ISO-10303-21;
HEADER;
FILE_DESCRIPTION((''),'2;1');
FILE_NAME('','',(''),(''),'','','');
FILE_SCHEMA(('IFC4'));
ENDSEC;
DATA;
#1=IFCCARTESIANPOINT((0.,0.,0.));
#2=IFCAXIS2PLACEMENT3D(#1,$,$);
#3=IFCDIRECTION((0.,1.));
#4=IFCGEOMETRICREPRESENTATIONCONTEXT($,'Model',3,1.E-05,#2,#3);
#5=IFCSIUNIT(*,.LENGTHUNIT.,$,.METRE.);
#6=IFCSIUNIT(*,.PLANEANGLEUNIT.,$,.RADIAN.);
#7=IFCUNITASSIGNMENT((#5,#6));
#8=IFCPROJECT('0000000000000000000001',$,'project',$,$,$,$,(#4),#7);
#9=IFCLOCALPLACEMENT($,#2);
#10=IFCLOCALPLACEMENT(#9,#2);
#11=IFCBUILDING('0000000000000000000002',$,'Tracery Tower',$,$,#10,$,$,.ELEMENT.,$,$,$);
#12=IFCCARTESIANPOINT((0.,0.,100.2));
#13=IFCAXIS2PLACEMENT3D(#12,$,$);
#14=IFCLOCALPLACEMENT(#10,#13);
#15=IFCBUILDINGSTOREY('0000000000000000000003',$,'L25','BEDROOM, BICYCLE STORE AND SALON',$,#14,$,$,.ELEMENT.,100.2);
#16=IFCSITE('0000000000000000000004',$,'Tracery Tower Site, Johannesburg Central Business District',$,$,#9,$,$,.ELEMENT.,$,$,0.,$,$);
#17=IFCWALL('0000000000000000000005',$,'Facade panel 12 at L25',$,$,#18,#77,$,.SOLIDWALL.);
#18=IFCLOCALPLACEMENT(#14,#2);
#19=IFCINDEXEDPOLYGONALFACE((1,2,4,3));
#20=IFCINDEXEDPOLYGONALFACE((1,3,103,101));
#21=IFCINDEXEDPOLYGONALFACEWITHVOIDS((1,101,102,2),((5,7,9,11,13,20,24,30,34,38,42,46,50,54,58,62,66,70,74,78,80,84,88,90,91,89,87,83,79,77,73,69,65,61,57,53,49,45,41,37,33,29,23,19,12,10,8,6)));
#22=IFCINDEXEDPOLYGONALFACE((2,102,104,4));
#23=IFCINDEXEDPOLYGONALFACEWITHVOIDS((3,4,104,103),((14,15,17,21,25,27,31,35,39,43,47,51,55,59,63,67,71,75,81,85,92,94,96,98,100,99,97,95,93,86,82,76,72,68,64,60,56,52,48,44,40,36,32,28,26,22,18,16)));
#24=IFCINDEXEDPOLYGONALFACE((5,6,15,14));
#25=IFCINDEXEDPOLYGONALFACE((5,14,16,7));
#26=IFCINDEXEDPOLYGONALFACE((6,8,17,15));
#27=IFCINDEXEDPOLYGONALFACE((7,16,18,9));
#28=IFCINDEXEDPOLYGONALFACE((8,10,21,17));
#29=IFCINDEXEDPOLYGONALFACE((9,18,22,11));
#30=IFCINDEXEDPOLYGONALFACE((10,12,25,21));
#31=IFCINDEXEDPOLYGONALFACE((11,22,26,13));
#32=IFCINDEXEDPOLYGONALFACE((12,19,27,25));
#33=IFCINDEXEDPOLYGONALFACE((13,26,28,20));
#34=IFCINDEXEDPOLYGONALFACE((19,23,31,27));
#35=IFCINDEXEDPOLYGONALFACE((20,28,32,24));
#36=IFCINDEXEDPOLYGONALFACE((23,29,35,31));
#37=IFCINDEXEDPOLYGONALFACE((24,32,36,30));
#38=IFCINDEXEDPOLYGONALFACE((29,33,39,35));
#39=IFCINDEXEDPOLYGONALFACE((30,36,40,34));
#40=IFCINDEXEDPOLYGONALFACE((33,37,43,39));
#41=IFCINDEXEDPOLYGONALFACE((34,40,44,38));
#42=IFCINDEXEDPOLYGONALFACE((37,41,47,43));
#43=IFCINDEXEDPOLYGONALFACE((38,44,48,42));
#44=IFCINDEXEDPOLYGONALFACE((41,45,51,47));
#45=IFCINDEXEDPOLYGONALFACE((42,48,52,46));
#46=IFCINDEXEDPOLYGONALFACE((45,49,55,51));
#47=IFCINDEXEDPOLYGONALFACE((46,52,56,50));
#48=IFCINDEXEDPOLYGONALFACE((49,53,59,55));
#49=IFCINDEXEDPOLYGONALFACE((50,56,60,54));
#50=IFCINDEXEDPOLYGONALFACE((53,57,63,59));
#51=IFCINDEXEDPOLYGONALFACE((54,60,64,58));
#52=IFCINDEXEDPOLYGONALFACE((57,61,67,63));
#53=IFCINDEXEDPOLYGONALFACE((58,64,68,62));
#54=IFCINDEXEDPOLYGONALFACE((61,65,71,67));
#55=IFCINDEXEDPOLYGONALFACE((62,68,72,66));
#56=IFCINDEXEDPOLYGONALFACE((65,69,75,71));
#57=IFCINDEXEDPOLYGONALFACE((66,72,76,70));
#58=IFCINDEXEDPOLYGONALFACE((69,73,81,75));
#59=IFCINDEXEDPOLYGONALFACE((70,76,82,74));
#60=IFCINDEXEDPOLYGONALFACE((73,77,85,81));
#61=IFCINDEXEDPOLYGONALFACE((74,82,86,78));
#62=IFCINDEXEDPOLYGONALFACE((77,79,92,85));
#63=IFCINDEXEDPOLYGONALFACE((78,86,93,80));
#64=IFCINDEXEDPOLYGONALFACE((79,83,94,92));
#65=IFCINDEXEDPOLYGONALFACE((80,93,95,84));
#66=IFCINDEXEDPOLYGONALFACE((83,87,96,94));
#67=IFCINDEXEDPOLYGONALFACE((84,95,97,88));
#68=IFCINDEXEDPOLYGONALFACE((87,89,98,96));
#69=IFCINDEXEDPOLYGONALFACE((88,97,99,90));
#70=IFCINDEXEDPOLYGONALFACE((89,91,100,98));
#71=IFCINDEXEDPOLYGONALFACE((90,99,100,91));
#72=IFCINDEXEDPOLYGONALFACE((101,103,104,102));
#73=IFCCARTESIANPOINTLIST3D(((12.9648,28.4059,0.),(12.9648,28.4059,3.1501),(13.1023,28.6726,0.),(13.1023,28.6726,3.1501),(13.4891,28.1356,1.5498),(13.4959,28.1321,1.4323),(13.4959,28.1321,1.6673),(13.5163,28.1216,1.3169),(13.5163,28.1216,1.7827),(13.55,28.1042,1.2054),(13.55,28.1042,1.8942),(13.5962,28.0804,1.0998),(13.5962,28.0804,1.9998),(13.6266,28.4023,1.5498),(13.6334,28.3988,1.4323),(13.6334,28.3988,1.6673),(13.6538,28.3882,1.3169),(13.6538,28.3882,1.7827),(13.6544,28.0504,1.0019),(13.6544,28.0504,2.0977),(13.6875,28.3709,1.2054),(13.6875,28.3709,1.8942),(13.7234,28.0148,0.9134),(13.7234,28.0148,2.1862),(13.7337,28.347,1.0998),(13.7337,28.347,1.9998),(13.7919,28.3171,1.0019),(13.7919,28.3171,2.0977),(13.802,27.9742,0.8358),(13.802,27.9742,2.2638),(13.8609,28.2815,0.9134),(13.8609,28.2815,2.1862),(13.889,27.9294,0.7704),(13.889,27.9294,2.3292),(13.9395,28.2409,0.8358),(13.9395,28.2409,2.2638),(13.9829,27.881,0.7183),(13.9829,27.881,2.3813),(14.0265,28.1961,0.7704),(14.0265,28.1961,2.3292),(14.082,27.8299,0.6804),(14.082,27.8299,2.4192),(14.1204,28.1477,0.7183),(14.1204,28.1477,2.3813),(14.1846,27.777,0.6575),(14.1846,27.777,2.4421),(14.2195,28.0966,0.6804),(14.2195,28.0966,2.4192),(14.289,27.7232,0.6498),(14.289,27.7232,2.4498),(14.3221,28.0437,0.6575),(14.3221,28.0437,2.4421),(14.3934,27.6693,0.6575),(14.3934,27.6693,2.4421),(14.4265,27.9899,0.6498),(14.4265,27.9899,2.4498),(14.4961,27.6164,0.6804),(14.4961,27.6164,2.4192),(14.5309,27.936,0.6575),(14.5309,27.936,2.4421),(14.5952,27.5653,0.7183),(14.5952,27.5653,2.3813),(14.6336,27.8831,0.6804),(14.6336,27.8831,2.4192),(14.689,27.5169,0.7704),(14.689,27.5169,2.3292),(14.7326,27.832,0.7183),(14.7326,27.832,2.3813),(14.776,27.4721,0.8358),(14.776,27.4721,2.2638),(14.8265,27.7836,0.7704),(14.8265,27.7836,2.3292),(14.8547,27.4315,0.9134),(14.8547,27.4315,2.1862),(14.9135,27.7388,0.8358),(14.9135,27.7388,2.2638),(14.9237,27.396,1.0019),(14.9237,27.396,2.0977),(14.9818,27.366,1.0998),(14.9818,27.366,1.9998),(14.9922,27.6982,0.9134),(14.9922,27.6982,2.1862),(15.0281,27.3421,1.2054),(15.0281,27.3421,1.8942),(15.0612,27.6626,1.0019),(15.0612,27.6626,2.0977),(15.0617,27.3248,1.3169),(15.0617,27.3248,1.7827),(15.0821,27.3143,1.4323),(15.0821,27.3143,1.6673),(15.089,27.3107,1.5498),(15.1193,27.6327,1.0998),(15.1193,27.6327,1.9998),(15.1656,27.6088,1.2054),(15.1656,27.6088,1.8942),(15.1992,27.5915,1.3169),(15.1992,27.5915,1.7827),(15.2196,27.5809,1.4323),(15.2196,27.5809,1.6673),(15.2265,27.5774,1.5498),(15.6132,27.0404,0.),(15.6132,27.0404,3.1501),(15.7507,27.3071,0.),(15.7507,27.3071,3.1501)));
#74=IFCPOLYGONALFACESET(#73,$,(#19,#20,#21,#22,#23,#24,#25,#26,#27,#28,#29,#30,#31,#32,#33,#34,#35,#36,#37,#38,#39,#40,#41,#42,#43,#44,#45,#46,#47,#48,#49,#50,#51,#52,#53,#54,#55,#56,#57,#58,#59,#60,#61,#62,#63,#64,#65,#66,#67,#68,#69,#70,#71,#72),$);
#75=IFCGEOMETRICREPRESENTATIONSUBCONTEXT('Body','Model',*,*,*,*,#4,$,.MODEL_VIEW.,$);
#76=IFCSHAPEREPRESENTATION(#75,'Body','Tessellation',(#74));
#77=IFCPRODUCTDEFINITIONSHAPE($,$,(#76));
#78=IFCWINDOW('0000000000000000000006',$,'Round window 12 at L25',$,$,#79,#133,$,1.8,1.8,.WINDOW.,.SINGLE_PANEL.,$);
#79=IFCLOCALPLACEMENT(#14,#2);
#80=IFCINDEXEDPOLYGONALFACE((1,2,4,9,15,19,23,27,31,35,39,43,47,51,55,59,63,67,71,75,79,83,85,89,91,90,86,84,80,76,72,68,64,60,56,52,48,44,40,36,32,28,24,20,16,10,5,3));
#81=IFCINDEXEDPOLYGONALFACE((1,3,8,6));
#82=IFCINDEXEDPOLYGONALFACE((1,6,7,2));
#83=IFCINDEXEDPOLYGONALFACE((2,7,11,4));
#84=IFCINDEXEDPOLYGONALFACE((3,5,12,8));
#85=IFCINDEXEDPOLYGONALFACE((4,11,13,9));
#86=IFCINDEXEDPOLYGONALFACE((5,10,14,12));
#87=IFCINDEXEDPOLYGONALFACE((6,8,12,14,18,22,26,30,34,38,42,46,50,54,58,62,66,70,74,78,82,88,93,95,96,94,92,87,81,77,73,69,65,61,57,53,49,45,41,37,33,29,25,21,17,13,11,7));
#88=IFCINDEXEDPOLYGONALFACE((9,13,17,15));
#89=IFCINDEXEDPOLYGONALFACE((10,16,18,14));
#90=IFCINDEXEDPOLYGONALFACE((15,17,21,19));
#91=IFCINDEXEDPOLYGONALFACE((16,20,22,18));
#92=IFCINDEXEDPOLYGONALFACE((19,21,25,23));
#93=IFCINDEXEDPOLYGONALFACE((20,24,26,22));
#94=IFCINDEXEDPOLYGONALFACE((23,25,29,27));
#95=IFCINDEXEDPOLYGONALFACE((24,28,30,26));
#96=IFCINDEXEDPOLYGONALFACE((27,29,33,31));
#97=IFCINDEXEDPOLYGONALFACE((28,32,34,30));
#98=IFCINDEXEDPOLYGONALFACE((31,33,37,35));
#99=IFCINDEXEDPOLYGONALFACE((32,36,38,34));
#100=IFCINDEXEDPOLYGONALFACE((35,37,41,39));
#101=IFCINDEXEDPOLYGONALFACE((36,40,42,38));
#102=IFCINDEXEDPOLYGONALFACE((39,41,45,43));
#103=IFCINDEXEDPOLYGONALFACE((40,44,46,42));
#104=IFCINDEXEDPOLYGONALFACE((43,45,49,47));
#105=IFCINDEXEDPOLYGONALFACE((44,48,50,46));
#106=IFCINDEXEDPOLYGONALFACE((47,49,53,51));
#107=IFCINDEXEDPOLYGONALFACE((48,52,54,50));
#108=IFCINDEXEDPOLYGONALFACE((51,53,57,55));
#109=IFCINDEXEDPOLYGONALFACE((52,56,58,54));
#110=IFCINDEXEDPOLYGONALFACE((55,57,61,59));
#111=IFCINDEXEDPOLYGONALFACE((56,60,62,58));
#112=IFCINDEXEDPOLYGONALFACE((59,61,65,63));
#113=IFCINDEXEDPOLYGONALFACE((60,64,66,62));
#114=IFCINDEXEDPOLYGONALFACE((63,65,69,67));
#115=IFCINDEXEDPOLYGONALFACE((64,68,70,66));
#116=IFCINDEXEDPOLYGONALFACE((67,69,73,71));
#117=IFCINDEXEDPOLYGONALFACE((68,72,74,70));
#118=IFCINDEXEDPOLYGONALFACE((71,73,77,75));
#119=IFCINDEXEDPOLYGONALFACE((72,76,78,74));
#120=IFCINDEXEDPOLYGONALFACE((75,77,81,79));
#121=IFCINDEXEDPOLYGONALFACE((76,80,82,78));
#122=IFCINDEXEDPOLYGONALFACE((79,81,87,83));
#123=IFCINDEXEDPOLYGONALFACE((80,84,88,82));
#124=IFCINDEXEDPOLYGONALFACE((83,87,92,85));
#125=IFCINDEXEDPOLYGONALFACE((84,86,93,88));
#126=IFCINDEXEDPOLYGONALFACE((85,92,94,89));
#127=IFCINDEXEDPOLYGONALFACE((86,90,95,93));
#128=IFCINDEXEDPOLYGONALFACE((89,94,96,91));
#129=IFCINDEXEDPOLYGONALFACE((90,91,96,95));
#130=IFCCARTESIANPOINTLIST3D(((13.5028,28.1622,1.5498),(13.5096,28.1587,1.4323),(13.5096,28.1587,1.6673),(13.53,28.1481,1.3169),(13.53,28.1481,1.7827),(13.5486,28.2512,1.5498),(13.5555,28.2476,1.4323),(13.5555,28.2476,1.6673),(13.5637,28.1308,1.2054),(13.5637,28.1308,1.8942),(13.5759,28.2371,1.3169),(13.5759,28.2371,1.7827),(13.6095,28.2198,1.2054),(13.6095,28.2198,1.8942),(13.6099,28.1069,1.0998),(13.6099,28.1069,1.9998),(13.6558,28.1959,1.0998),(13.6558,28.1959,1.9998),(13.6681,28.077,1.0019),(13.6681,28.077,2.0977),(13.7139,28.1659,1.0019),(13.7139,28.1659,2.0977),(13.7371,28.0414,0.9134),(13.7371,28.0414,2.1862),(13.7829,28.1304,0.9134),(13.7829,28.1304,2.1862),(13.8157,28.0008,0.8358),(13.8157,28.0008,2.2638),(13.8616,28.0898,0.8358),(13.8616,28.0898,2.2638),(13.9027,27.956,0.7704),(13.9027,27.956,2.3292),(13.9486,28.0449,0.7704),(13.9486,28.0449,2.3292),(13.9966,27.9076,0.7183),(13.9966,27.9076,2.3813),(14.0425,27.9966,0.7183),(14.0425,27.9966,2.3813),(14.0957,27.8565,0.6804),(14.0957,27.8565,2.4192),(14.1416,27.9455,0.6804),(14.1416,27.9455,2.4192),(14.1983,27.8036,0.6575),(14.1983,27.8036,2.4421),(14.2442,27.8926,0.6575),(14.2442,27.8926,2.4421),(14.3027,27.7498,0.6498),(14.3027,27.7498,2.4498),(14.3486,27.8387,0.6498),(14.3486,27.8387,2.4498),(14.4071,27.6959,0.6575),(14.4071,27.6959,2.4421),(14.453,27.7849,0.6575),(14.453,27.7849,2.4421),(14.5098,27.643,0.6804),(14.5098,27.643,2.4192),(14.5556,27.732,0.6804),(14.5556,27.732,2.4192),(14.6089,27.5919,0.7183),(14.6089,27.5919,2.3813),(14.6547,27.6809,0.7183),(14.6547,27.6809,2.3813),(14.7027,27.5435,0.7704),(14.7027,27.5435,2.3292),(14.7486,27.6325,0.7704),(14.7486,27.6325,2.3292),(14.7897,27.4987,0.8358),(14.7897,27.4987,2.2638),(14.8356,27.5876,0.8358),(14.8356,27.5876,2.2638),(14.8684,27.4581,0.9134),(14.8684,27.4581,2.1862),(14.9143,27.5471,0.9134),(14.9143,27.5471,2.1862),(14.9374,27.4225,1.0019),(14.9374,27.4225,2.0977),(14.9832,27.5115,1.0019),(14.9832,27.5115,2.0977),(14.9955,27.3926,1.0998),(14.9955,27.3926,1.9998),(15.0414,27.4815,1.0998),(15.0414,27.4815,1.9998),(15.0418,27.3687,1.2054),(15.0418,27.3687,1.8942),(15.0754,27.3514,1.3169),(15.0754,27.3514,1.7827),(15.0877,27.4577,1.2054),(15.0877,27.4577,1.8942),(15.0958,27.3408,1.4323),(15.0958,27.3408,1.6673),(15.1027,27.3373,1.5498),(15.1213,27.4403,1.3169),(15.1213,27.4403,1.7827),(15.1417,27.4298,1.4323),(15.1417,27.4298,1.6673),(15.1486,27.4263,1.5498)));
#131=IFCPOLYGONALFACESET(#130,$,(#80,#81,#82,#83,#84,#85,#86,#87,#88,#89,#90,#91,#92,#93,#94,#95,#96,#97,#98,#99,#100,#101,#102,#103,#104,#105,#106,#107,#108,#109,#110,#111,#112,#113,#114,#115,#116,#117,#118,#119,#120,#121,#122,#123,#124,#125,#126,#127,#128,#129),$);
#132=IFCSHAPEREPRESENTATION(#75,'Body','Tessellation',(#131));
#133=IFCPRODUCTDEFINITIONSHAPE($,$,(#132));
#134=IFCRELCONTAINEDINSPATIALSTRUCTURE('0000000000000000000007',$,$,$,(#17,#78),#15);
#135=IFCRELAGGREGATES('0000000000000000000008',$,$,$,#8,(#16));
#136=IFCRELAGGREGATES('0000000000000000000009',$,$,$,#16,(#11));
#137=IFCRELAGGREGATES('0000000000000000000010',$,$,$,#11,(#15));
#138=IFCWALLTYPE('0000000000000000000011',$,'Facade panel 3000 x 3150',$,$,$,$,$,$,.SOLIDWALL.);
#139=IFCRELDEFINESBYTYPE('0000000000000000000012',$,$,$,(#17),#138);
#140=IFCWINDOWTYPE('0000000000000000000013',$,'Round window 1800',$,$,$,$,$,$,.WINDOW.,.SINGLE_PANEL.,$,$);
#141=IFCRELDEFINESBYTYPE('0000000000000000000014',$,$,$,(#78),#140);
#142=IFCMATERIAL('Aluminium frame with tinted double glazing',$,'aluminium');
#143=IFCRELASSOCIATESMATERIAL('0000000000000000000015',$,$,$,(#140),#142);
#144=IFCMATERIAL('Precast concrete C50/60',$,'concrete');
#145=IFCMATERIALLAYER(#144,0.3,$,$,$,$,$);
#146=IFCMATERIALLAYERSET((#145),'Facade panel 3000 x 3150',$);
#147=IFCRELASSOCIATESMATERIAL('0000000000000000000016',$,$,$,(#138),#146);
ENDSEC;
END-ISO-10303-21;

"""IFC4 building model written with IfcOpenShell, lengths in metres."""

from ifc_helpers import new_model, si_unit, direction, frame, frame_2d, origin, origin_2d, place, context, subcontext, project, spatial, rectangle, circle, extrude, material, layer, layer_set, type_object, element, fill, save


model = new_model("IFC4")

# Units and contexts
model_context = context("Model", 3, precision=1e-05, world=origin(), true_north=direction((0.0, 1.0)))
body_context = subcontext(model_context, "Body", "Model", "MODEL_VIEW")
ifc_project = project(units=[si_unit("LENGTHUNIT", "METRE"), si_unit("PLANEANGLEUNIT", "RADIAN")], contexts=[model_context])

# Site, building, storey
site_placement = place(None, origin())
site = spatial("IfcSite", under=ifc_project, at=site_placement, Name="Tracery Tower Site, Johannesburg Central Business District", CompositionType="ELEMENT", RefElevation=0.0)
building_placement = place(site_placement, origin())
building = spatial("IfcBuilding", under=site, at=building_placement, Name="Tracery Tower", CompositionType="ELEMENT")
storey_placement = place(building_placement, frame((0.0, 0.0, 100.2)))
storey = spatial("IfcBuildingStorey", under=building, at=storey_placement, Name="L25", Description="BEDROOM, BICYCLE STORE AND SALON", CompositionType="ELEMENT", Elevation=100.2)

# Wall, opening, window
ifc_material_1 = material(Name="Aluminium frame with tinted double glazing", Category="aluminium")
window_type = type_object("IfcWindowType", Name="Round window 1800", PartitioningType="SINGLE_PANEL", PredefinedType="WINDOW", material=ifc_material_1)
ifc_material_2 = material(Name="Precast concrete C50/60", Category="concrete")
ifc_layer_1 = layer(ifc_material_2, 0.3)
ifc_layer_set_1 = layer_set([ifc_layer_1], Name="Facade panel 3000 x 3150")
wall_type_1 = type_object("IfcWallType", Name="Facade panel 3000 x 3150", PredefinedType="SOLIDWALL", material=ifc_layer_set_1)
wall_1_placement = place(storey_placement, frame((15.6819, 27.1738, 0.0), z_axis=(0.0, 0.0, 1.0), x_axis=(-0.88882, 0.458257, 0.0)))
wall_1 = element("IfcWall", 1, at=wall_1_placement, inside=storey, type_object=wall_type_1, Name="Facade panel 12 at L25", PredefinedType="SOLIDWALL", context=body_context, shape_type="SweptSolid", body=[
    extrude(rectangle(XDim=2.9797, YDim=0.3, at=frame_2d((1.4897, 0.0))), origin(), (0.0, 0.0, 1.0), 3.1501),
])
opening_1_placement = place(wall_1_placement, frame((1.4897, 0.0, 1.5498)))
opening_1 = element("IfcOpeningElement", 2, at=opening_1_placement, cuts=wall_1, PredefinedType="OPENING", context=body_context, shape_type="SweptSolid", body=[
    extrude(circle(Radius=0.9, at=origin_2d()), frame((0.0, 0.1599, 0.0), z_axis=(0.0, -1.0, 0.0), x_axis=(1.0, 0.0, 0.0)), (0.0, 0.0, 1.0), 0.3201),
])
window_1_placement = place(opening_1_placement, origin())
window_1 = element("IfcWindow", 3, at=window_1_placement, inside=storey, type_object=window_type, Name="Round window 12 at L25", OverallHeight=1.8, OverallWidth=1.8, PartitioningType="SINGLE_PANEL", PredefinedType="WINDOW", context=body_context, shape_type="SweptSolid", body=[
    extrude(circle(Radius=0.9, at=origin_2d()), frame((0.0, 0.1201, 0.0), z_axis=(0.0, -1.0, 0.0), x_axis=(1.0, 0.0, 0.0)), (0.0, 0.0, 1.0), 0.1001),
])
fill(opening_1, window_1)

save(model, "model.ifc")
